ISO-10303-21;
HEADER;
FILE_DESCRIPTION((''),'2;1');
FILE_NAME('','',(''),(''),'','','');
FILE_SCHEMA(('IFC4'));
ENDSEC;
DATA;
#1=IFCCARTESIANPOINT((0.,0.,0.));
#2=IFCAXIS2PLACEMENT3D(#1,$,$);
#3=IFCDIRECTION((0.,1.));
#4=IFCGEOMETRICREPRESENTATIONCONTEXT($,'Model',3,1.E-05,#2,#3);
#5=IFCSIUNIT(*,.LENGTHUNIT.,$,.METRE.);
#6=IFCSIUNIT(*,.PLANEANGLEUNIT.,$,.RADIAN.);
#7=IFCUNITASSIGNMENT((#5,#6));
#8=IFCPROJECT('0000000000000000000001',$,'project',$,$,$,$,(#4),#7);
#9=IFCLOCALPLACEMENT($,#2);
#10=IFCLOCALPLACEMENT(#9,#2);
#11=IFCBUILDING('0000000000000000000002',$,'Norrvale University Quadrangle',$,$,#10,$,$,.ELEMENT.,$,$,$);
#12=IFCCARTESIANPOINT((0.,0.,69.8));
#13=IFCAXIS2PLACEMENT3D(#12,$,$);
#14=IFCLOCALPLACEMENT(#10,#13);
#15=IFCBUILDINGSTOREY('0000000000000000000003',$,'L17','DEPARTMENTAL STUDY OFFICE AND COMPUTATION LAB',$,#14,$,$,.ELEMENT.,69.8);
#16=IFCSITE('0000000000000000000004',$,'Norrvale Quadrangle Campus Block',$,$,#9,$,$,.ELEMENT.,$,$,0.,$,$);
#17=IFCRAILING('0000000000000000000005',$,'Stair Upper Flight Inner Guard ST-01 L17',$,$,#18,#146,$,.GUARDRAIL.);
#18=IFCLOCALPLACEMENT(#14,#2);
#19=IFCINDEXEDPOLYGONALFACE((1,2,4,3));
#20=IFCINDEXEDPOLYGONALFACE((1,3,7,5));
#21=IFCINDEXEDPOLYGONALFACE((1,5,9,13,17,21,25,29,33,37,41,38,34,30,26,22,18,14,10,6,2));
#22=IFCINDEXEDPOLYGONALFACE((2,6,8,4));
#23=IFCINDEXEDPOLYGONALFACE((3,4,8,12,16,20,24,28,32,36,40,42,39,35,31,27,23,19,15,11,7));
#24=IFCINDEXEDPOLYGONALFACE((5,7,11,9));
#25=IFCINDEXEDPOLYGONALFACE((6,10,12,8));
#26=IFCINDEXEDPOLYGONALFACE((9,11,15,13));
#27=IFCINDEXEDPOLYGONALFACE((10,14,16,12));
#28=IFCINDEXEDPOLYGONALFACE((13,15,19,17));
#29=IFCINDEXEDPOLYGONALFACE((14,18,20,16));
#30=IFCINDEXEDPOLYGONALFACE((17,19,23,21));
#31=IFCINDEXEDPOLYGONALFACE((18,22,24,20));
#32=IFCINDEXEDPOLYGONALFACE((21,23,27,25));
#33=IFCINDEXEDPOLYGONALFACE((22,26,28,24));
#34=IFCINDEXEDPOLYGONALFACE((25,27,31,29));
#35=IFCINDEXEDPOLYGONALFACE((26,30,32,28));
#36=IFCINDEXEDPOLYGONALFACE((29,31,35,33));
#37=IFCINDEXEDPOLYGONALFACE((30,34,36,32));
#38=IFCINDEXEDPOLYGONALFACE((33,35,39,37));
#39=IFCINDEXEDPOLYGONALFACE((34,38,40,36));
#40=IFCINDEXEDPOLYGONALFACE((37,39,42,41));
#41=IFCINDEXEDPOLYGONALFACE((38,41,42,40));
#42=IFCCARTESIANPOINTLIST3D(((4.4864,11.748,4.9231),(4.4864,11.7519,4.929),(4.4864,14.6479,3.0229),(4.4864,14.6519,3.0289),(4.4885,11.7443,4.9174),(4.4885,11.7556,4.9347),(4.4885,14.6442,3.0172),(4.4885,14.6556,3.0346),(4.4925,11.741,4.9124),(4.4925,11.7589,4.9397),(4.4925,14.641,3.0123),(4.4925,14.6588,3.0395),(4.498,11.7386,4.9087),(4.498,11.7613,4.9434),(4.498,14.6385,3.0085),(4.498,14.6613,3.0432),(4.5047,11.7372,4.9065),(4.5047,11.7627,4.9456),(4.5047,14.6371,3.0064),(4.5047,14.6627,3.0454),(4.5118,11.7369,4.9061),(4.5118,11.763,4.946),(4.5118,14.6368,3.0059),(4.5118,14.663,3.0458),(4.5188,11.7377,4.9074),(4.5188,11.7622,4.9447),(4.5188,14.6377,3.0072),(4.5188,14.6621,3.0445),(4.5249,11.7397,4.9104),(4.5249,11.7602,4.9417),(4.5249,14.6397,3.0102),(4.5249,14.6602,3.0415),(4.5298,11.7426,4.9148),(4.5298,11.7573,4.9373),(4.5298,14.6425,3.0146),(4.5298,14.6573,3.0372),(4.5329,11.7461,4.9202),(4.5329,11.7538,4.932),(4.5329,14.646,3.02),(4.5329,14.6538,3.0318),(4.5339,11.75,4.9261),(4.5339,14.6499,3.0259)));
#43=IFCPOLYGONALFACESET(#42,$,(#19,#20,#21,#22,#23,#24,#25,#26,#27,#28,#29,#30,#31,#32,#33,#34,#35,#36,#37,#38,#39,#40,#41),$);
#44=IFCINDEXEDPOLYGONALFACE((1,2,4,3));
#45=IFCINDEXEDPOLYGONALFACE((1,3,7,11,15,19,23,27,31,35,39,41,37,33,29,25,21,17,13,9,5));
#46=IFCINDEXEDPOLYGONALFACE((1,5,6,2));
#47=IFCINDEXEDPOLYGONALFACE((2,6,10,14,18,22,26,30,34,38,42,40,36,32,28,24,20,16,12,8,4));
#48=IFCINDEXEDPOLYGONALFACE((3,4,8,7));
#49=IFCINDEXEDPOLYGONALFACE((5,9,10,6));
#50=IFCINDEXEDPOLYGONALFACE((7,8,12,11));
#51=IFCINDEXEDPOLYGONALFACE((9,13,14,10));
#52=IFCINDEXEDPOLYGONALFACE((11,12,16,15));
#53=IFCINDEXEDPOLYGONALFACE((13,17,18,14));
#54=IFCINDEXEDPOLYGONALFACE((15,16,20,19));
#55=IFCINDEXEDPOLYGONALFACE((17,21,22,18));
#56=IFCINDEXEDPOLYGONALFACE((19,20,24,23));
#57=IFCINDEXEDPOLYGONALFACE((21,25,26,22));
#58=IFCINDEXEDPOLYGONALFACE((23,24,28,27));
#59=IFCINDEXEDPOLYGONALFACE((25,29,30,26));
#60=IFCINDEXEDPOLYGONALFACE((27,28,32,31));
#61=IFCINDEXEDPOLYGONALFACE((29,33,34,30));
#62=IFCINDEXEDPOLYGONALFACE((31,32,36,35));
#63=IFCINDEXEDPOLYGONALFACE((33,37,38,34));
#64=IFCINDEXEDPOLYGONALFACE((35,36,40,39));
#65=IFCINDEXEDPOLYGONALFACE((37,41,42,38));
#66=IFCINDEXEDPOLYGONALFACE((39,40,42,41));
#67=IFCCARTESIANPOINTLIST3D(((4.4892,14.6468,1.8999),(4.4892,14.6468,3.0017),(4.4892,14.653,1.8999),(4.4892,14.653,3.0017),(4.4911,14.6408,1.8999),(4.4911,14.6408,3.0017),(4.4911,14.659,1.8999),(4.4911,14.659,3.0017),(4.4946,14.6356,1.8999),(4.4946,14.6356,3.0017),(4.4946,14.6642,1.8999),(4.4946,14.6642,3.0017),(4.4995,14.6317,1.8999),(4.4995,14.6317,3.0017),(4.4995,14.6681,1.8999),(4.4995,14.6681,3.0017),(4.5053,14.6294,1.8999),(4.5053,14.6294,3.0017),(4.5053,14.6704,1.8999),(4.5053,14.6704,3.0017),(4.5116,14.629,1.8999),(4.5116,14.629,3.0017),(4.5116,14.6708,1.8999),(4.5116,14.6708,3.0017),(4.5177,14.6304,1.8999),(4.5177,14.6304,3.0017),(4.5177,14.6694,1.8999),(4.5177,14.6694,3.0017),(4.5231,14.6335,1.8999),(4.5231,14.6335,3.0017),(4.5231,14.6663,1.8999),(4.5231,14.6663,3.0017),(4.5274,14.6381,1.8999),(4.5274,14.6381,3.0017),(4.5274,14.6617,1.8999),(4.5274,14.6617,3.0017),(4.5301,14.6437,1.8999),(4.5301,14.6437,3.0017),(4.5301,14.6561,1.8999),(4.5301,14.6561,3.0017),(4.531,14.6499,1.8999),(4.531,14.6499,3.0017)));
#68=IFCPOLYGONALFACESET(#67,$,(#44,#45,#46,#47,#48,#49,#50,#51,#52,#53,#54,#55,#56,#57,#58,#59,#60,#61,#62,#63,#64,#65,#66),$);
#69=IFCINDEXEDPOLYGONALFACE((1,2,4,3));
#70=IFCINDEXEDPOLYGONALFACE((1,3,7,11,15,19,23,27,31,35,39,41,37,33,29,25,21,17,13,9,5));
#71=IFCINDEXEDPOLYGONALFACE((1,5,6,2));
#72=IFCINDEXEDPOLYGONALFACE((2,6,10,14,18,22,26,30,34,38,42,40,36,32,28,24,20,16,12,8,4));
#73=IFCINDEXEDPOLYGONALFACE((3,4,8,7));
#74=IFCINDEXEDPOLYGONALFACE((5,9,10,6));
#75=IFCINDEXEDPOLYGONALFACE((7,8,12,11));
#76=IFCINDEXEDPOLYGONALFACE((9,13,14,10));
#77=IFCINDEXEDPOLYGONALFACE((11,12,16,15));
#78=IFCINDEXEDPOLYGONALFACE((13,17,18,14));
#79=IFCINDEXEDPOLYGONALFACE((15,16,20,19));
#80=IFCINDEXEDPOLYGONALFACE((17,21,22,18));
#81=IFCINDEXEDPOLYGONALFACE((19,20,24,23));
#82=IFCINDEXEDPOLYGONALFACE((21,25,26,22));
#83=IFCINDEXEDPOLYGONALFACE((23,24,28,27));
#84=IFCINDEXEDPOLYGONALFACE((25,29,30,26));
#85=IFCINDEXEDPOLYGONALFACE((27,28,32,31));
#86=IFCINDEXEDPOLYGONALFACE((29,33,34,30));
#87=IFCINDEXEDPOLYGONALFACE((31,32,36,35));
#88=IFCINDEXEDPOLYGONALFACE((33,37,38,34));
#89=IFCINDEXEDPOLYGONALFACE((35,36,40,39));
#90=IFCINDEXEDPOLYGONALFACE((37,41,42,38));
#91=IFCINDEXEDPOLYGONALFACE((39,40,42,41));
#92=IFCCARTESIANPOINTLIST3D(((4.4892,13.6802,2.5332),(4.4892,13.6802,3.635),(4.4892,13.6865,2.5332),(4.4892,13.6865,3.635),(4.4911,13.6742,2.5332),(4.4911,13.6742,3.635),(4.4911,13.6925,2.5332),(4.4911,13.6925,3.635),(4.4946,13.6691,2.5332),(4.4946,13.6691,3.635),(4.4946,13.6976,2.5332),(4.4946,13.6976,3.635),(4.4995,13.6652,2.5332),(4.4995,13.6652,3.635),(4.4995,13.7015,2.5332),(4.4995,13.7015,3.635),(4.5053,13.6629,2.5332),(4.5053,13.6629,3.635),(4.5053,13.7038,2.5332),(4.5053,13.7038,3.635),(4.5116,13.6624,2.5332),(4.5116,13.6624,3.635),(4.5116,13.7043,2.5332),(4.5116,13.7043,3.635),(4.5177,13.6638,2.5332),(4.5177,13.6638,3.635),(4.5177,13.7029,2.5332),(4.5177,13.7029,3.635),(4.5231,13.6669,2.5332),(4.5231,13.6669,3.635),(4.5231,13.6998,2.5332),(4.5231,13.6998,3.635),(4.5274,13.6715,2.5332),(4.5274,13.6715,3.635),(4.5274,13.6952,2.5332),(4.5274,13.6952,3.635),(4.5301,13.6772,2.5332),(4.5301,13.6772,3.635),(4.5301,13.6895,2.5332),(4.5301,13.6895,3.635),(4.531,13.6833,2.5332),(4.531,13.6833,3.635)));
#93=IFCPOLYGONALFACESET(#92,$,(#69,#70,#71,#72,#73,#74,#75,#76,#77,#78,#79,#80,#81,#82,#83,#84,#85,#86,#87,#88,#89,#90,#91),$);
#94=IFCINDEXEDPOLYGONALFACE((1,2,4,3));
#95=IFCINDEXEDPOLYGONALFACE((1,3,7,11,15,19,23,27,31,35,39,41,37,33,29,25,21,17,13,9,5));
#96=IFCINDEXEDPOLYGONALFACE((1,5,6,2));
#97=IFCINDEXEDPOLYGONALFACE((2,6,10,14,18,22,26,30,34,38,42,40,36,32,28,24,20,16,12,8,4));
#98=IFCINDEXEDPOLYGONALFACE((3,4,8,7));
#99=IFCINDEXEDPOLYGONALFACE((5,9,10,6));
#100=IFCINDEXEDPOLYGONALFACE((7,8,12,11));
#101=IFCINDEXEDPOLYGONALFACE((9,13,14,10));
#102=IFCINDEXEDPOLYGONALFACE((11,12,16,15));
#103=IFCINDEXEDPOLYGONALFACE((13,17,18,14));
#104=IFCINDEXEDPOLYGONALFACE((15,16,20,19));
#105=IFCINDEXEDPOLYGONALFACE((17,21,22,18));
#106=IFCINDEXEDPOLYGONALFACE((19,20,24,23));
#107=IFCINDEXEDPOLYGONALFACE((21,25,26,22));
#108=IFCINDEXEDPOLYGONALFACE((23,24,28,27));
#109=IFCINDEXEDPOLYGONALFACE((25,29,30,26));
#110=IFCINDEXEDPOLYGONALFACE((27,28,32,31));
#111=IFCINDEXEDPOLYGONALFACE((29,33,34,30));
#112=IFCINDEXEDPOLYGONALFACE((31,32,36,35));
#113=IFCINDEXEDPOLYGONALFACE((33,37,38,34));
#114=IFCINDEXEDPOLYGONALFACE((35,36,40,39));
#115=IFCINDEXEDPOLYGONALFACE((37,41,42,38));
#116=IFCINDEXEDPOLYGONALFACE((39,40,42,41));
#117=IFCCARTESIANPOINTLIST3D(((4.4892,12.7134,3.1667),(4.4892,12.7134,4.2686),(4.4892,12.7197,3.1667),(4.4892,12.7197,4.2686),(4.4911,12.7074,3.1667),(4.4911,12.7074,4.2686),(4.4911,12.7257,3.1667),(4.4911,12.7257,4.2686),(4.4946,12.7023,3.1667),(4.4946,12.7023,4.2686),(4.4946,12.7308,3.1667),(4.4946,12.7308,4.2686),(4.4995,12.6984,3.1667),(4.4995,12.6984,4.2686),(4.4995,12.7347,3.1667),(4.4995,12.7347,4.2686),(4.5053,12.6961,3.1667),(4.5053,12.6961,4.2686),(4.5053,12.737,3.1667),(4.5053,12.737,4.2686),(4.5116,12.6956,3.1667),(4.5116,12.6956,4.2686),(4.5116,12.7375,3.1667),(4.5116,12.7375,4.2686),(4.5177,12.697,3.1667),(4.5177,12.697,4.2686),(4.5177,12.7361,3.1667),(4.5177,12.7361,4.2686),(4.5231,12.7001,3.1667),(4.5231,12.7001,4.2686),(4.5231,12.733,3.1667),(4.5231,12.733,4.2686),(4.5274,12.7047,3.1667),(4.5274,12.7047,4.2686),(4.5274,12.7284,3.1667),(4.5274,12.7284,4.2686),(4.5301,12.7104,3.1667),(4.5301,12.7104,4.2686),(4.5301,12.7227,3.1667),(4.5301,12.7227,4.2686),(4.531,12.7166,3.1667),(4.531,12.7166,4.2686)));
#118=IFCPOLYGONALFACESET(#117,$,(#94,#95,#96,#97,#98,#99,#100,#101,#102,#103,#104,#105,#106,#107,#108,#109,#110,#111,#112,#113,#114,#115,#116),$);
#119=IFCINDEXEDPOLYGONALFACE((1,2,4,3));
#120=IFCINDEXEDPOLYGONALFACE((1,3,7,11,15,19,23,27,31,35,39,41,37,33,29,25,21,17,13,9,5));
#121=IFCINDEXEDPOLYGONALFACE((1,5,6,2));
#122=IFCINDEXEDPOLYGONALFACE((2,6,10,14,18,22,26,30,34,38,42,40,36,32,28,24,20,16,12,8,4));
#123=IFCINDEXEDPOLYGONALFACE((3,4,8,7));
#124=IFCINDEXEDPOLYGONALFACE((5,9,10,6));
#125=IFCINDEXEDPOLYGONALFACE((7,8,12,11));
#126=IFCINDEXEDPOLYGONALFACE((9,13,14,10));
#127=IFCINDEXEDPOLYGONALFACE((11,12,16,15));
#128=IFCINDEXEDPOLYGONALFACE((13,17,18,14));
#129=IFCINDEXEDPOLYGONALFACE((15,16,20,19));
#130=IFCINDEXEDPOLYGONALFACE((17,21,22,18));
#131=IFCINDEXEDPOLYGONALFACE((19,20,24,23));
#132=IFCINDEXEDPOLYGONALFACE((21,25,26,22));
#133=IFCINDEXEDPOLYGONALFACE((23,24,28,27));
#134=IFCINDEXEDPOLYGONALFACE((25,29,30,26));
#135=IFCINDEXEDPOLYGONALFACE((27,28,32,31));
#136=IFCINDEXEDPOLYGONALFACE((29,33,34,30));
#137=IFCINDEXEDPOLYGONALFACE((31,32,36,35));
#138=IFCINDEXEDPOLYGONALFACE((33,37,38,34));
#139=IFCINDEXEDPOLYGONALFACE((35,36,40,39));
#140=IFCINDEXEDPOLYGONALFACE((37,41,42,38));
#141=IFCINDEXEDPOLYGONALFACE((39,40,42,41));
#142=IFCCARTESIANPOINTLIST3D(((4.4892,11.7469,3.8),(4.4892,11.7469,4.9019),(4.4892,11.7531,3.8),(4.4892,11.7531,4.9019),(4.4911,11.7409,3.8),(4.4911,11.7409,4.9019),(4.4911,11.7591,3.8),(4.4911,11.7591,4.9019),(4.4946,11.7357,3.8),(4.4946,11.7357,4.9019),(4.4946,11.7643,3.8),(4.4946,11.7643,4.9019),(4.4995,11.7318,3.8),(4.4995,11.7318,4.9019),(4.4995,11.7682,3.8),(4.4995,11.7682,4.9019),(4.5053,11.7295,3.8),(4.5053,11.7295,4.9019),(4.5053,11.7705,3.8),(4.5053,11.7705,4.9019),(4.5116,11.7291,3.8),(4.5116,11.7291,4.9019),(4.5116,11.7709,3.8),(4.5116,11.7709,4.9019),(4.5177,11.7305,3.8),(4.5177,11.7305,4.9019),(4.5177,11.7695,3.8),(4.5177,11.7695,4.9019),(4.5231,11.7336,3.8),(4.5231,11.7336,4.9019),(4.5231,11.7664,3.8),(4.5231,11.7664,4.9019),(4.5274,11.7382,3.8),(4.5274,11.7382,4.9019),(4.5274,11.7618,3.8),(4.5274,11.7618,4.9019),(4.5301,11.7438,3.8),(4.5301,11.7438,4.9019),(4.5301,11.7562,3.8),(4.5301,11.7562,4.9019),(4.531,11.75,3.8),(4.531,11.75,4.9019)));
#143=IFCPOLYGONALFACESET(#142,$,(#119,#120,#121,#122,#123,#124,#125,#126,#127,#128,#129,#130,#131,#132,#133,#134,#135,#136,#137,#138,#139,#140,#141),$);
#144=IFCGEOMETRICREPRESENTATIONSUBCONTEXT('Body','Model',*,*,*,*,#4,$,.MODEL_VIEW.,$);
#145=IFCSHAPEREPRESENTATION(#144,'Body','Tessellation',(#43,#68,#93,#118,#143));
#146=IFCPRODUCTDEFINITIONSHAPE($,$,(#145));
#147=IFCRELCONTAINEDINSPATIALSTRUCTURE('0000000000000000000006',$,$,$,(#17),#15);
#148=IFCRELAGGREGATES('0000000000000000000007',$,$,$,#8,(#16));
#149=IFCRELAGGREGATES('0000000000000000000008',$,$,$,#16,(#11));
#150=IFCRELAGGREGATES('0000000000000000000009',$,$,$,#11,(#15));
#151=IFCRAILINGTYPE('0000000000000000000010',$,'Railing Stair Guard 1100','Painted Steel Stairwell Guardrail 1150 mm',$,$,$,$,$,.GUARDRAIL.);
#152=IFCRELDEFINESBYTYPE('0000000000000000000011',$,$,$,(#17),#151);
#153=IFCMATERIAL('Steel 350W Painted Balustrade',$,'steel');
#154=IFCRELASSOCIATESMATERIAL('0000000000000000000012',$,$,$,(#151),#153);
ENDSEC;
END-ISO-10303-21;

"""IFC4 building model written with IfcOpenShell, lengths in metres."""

from ifc_helpers import new_model, si_unit, direction, frame, origin, origin_2d, place, context, subcontext, project, spatial, circle, extrude, material, type_object, element, save


model = new_model("IFC4")

# Units and contexts
model_context = context("Model", 3, precision=1e-05, world=origin(), true_north=direction((0.0, 1.0)))
body_context = subcontext(model_context, "Body", "Model", "MODEL_VIEW")
ifc_project = project(units=[si_unit("LENGTHUNIT", "METRE"), si_unit("PLANEANGLEUNIT", "RADIAN")], contexts=[model_context])

# Site, building, storey
site_placement = place(None, origin())
site = spatial("IfcSite", under=ifc_project, at=site_placement, Name="Norrvale Quadrangle Campus Block", CompositionType="ELEMENT", RefElevation=0.0)
building_placement = place(site_placement, origin())
building = spatial("IfcBuilding", under=site, at=building_placement, Name="Norrvale University Quadrangle", CompositionType="ELEMENT")
storey_placement = place(building_placement, frame((0.0, 0.0, 69.8)))
storey = spatial("IfcBuildingStorey", under=building, at=storey_placement, Name="L17", Description="DEPARTMENTAL STUDY OFFICE AND COMPUTATION LAB", CompositionType="ELEMENT", Elevation=69.8)

# Railing
ifc_material_1 = material(Name="Steel 350W Painted Balustrade", Category="steel")
railing_type_1 = type_object("IfcRailingType", Name="Railing Stair Guard 1100", Description="Painted Steel Stairwell Guardrail 1150 mm", PredefinedType="GUARDRAIL", material=ifc_material_1)
railing_1_placement = place(storey_placement, frame((4.51, 14.6499, 1.8999)))
element("IfcRailing", 1, at=railing_1_placement, inside=storey, type_object=railing_type_1, Name="Stair Upper Flight Inner Guard ST-01 L17", PredefinedType="GUARDRAIL", context=body_context, shape_type="SweptSolid", body=[
    extrude(circle(Radius=0.0239, at=origin_2d()), frame((0.0, 0.0, 1.126), z_axis=(0.0, -0.836433, 0.548069), x_axis=(1.0, 0.0, 0.0)), (0.0, 0.0, 1.0), 3.467),
    extrude(circle(Radius=0.021, at=origin_2d()), origin(), (0.0, 0.0, 1.0), 1.1018),
    extrude(circle(Radius=0.021, at=origin_2d()), frame((0.0, -0.9666, 0.6333)), (0.0, 0.0, 1.0), 1.1018),
    extrude(circle(Radius=0.021, at=origin_2d()), frame((0.0, -1.9333, 1.2668)), (0.0, 0.0, 1.0), 1.1018),
    extrude(circle(Radius=0.021, at=origin_2d()), frame((0.0, -2.8999, 1.9001)), (0.0, 0.0, 1.0), 1.1018),
])

save(model, "model.ifc")
